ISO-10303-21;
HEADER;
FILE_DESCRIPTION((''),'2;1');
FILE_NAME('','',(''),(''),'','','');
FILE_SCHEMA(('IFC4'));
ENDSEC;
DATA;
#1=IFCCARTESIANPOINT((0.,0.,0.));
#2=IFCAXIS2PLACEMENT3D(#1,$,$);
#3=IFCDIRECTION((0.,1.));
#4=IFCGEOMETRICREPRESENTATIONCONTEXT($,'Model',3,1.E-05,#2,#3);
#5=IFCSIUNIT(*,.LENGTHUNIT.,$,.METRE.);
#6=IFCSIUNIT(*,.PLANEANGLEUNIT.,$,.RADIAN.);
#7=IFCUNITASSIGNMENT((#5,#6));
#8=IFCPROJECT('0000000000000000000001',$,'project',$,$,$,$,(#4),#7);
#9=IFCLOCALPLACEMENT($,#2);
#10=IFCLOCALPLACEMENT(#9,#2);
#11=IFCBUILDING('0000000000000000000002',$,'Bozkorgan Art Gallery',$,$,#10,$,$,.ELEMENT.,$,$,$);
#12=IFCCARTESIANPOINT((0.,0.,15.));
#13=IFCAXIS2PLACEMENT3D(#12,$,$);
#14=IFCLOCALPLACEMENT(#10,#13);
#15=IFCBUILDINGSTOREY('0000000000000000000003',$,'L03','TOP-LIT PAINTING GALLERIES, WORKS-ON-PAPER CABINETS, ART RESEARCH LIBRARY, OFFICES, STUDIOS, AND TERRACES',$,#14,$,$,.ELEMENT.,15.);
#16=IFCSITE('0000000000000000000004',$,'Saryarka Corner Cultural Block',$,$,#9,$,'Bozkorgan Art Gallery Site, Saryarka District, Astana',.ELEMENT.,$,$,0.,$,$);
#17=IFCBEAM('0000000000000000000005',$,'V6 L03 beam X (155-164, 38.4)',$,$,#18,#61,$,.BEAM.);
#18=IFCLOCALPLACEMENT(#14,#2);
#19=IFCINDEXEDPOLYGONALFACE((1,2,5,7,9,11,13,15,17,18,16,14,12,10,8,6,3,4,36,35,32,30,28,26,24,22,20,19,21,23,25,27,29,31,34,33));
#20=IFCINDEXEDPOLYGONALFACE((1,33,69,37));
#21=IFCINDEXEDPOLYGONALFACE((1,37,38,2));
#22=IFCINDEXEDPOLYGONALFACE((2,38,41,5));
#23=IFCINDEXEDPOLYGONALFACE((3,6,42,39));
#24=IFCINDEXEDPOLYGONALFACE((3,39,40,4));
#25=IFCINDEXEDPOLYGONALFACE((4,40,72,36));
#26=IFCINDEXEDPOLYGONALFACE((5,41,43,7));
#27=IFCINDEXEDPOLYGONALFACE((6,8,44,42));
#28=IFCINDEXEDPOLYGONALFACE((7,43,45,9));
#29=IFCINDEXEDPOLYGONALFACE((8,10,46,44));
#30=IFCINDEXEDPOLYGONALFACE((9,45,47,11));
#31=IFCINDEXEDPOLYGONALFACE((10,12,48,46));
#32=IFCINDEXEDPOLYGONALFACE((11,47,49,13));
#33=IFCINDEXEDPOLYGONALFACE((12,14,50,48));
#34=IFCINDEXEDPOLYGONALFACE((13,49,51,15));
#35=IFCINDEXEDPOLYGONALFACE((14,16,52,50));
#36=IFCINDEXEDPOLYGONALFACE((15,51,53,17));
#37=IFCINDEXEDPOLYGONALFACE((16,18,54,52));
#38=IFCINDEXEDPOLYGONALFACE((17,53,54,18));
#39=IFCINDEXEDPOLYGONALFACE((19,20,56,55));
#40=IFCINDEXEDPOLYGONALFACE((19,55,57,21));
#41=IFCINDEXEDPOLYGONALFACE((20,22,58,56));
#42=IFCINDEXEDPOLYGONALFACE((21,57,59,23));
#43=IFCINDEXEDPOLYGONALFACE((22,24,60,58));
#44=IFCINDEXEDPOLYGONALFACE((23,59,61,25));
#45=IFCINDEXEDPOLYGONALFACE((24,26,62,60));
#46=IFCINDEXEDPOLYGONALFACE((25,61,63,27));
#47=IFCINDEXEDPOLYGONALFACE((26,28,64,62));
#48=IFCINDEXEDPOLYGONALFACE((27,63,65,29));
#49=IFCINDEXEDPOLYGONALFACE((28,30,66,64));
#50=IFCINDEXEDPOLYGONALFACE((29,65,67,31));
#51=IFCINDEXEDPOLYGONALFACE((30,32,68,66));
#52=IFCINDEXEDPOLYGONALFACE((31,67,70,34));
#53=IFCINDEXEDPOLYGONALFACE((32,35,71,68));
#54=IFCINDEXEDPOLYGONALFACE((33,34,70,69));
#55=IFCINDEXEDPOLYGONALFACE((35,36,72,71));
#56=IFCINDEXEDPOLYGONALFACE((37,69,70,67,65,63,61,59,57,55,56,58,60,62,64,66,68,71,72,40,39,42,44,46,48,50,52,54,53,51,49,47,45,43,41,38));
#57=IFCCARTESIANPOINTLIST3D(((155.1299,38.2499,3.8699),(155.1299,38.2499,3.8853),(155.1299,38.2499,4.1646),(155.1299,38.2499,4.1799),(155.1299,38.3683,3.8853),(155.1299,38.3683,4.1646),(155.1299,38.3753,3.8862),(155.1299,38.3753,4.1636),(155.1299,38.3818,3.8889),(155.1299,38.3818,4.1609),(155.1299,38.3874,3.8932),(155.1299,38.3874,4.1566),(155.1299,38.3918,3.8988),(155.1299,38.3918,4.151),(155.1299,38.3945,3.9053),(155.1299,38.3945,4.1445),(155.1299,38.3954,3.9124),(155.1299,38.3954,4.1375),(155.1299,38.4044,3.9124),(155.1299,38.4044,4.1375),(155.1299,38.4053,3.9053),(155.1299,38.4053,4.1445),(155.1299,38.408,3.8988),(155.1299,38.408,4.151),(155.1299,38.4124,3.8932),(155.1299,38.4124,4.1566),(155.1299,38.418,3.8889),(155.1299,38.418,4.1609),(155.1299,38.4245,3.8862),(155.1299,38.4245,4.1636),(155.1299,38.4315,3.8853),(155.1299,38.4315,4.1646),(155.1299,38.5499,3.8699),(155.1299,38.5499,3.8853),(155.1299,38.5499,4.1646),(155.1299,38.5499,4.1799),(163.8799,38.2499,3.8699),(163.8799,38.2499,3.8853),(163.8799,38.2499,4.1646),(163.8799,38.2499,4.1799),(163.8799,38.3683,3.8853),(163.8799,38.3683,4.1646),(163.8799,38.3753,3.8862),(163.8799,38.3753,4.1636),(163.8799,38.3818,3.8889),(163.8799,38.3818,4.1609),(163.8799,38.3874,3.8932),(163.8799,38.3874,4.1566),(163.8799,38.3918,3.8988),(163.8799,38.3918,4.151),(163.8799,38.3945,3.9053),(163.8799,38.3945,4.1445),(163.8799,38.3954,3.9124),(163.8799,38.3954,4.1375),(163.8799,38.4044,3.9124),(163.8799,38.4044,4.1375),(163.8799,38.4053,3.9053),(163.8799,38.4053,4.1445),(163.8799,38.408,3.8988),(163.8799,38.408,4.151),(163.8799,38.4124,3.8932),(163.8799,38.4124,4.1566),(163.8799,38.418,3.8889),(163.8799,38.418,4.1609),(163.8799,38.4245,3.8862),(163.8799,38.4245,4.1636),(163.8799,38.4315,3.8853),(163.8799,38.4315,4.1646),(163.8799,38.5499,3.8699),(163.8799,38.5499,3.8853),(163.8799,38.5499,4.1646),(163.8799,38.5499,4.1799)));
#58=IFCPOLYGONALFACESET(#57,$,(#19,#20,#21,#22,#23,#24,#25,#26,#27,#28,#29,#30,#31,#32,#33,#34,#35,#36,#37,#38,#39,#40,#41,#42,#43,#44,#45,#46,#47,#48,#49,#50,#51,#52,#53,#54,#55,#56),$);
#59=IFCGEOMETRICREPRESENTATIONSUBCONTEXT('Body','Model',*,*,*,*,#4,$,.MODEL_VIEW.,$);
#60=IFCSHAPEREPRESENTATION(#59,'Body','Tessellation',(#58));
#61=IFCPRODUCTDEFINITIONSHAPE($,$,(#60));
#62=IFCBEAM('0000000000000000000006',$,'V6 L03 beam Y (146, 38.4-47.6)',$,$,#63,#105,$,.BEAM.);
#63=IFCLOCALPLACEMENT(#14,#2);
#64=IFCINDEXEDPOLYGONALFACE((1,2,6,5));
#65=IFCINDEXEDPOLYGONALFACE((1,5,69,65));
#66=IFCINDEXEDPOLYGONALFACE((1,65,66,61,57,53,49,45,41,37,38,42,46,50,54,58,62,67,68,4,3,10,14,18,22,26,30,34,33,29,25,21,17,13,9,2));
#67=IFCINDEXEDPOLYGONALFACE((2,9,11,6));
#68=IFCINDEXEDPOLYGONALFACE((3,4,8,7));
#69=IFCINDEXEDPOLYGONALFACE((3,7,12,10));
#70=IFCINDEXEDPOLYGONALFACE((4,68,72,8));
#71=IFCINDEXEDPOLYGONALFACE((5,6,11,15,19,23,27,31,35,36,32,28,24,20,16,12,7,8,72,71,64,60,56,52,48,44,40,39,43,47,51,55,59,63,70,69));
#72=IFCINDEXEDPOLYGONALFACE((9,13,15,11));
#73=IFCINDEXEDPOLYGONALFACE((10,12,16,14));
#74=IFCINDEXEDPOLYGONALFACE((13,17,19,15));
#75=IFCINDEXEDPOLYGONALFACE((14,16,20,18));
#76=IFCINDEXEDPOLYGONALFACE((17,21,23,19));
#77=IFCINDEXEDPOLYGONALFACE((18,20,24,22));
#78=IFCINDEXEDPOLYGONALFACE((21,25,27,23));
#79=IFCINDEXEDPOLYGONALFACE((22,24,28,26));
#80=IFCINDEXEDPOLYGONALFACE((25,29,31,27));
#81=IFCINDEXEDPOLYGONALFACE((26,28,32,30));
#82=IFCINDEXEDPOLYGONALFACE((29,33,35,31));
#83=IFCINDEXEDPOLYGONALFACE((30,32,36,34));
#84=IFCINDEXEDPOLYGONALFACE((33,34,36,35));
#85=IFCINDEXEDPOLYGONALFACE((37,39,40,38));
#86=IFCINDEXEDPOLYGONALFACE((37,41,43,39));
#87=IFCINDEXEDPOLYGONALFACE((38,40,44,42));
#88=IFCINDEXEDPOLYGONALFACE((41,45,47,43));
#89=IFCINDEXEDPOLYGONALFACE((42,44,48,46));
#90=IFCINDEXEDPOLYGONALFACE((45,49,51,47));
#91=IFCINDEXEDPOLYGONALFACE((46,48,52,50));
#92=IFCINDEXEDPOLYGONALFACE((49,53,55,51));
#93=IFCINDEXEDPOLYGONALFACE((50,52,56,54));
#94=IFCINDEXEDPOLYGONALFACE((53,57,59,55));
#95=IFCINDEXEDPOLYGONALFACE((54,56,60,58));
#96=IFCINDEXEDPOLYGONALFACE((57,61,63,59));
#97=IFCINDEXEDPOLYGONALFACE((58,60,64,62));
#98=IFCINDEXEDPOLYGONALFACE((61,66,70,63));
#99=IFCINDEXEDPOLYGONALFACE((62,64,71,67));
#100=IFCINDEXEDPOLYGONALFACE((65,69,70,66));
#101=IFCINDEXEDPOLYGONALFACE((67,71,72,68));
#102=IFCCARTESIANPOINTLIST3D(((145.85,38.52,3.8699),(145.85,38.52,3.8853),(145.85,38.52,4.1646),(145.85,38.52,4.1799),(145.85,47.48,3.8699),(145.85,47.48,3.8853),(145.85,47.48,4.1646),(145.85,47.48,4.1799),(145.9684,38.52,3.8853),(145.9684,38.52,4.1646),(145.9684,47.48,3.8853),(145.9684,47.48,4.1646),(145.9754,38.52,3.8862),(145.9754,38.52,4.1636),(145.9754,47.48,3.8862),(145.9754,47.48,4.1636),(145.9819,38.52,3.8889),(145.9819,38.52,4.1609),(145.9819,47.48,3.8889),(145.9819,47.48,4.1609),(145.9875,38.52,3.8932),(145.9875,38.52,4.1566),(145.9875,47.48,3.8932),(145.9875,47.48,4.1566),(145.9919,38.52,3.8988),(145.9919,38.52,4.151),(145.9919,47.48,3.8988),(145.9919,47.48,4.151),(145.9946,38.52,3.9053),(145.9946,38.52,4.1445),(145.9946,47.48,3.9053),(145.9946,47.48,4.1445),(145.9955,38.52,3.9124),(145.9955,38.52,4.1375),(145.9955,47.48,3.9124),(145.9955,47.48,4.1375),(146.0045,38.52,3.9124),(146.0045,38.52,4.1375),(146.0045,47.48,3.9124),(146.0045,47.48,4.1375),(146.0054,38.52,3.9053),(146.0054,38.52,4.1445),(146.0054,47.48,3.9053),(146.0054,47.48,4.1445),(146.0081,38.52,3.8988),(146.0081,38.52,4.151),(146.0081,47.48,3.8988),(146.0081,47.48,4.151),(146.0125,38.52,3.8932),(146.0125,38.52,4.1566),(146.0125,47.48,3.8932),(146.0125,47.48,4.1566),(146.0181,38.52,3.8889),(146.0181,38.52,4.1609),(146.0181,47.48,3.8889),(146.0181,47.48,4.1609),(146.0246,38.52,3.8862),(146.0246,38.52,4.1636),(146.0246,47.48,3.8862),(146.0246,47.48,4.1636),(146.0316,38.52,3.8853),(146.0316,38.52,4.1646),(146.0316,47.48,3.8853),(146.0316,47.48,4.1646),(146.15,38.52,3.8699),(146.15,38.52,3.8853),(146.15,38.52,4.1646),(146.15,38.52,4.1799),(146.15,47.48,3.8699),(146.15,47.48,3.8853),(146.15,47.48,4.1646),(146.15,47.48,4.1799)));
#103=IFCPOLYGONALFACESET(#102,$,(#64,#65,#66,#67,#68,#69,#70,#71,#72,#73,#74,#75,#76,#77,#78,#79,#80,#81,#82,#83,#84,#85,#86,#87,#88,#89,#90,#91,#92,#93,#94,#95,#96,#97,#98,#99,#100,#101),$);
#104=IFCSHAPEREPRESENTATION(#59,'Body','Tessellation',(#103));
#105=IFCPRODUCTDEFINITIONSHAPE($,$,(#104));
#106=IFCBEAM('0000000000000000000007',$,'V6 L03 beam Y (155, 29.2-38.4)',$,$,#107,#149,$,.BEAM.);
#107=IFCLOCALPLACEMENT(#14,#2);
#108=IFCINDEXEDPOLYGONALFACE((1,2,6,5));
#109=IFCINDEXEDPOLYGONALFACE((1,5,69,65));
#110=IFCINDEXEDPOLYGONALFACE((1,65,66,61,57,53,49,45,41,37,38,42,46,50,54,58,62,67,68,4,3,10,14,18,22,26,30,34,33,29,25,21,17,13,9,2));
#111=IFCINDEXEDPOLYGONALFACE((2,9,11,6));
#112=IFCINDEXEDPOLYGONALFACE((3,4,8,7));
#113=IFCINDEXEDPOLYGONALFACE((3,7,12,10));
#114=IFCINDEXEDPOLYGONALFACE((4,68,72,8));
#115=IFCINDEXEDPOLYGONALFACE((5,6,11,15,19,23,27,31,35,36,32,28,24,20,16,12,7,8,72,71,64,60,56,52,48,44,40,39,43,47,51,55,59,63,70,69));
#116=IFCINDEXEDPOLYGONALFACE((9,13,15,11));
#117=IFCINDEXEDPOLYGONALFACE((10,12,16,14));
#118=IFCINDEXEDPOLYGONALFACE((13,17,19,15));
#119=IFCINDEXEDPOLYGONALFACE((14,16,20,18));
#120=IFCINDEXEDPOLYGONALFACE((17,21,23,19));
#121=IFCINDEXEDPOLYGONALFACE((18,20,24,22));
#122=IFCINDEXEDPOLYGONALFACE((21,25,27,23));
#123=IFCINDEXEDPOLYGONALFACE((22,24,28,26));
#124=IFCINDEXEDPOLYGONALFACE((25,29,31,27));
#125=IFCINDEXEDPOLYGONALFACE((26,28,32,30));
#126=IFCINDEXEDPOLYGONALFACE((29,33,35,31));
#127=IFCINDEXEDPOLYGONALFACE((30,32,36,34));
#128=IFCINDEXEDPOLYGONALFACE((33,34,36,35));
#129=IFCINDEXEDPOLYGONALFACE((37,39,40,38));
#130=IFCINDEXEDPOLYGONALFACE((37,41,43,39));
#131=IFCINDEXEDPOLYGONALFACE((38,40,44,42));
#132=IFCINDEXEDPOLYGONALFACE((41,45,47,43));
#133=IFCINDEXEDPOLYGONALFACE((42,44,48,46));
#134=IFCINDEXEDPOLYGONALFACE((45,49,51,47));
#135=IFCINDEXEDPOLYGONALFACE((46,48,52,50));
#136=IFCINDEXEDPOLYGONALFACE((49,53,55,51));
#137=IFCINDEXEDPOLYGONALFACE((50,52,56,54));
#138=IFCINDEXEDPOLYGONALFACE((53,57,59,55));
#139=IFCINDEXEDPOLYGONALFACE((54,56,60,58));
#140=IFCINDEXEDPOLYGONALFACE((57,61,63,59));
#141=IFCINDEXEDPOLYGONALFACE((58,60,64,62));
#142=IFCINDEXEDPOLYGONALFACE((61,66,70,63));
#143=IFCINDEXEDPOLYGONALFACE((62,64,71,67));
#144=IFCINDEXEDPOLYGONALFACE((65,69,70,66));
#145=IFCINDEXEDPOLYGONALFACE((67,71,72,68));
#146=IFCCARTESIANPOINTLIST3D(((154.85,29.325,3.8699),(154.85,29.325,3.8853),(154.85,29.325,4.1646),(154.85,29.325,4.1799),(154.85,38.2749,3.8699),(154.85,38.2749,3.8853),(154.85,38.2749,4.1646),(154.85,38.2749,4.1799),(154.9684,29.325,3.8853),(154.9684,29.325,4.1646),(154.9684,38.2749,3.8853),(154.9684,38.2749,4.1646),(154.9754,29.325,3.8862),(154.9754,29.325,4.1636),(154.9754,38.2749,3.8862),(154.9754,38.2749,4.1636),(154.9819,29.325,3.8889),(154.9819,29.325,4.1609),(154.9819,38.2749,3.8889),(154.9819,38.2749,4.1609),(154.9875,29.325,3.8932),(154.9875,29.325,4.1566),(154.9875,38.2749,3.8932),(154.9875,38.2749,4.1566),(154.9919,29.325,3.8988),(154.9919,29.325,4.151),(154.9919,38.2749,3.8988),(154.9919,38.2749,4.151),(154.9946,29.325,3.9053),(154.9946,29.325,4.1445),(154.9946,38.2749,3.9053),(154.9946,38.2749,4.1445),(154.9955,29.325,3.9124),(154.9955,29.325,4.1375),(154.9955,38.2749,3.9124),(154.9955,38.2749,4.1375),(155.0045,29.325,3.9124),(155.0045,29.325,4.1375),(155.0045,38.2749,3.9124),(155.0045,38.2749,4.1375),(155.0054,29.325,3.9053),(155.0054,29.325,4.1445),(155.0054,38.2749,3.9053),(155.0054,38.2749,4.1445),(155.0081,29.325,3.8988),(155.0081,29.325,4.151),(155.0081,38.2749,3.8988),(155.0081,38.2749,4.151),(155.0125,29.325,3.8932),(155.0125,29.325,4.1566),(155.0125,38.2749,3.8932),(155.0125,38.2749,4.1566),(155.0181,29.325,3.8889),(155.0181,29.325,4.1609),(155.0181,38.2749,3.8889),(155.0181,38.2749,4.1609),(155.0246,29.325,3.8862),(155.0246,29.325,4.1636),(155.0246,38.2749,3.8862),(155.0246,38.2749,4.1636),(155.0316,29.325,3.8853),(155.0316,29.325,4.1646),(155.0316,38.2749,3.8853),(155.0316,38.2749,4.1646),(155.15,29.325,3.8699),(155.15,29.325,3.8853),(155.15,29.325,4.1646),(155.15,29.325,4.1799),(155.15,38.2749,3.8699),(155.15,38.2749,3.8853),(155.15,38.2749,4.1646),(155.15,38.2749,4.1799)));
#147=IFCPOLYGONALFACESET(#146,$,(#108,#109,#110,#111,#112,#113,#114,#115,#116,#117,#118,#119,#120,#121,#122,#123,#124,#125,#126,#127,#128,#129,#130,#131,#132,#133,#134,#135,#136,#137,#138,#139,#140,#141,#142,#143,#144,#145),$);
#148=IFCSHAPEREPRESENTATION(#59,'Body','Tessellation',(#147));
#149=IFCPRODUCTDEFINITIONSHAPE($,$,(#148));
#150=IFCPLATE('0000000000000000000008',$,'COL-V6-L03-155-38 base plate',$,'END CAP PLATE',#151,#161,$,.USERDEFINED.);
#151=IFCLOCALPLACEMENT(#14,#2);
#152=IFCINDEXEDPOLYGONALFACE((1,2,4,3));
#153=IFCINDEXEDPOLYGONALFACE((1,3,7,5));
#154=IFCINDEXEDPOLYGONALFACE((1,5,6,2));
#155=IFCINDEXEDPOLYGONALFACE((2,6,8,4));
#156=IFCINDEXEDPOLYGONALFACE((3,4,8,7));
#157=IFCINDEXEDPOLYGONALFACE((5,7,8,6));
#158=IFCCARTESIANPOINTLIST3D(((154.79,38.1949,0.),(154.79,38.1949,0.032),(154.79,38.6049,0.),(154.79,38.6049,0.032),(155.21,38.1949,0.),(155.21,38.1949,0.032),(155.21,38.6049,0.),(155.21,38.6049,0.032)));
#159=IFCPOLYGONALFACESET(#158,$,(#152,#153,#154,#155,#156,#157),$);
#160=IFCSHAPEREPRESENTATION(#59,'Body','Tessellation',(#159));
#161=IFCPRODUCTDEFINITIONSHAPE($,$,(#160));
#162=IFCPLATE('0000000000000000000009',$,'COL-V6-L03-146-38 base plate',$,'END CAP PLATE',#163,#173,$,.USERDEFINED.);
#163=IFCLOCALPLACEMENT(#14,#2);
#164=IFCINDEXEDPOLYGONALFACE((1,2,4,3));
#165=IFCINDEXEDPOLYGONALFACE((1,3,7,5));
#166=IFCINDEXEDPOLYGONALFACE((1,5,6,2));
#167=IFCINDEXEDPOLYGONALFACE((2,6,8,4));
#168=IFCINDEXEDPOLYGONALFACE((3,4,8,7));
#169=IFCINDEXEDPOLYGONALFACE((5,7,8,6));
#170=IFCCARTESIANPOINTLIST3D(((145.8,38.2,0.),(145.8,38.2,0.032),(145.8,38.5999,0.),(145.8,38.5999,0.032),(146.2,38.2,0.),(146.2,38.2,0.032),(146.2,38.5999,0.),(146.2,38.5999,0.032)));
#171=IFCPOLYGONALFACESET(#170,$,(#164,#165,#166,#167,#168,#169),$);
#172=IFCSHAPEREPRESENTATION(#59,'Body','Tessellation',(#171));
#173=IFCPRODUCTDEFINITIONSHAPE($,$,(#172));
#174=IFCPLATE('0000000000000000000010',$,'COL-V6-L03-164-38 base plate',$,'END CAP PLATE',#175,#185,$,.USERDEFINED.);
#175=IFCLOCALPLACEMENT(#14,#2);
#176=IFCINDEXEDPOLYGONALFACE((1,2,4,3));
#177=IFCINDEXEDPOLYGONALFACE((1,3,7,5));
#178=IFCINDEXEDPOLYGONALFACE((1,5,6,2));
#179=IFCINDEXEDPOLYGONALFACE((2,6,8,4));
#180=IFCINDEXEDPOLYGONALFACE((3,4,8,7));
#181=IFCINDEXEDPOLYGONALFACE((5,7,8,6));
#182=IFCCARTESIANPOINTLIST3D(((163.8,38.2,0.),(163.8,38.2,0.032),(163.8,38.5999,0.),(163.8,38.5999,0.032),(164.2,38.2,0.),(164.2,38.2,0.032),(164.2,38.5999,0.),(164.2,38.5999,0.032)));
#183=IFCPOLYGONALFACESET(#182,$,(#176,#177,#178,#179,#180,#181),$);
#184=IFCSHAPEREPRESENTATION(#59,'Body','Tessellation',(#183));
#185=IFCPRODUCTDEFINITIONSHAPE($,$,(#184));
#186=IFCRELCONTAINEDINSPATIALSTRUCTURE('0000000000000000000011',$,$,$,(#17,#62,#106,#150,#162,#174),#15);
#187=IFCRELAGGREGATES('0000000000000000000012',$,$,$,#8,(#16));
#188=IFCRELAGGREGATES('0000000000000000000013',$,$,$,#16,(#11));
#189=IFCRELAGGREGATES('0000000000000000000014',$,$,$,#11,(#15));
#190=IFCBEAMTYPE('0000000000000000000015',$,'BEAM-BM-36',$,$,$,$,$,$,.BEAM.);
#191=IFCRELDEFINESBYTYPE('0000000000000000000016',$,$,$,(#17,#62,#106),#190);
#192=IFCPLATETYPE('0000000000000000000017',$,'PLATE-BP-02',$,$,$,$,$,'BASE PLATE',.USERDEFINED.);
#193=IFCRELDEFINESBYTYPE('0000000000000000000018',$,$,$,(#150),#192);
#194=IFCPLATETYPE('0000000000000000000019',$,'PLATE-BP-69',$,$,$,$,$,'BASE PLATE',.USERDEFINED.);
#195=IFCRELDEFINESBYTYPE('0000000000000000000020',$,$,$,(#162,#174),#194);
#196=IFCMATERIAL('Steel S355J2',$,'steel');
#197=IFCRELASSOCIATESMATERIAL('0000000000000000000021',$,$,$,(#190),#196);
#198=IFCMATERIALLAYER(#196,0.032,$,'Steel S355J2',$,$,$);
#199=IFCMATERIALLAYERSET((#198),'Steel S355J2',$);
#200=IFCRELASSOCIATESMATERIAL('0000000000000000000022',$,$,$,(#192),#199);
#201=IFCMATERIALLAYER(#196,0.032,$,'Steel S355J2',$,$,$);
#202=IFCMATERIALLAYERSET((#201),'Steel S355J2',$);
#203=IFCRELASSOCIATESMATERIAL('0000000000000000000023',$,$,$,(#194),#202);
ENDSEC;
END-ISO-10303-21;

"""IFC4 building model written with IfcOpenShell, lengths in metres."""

from ifc_helpers import new_model, si_unit, direction, frame, origin, origin_2d, place, context, subcontext, project, spatial, rectangle, i_section, extrude, material, layer, layer_set, material_profile, profile_set, type_object, element, save


model = new_model("IFC4")

# Units and contexts
model_context = context("Model", 3, precision=1e-05, world=origin(), true_north=direction((0.0, 1.0)))
body_context = subcontext(model_context, "Body", "Model", "MODEL_VIEW")
ifc_project = project(units=[si_unit("LENGTHUNIT", "METRE"), si_unit("PLANEANGLEUNIT", "RADIAN")], contexts=[model_context])

# Site, building, storey
site_placement = place(None, origin())
site = spatial("IfcSite", under=ifc_project, at=site_placement, Name="Saryarka Corner Cultural Block", LongName="Bozkorgan Art Gallery Site, Saryarka District, Astana", CompositionType="ELEMENT", RefElevation=0.0)
building_placement = place(site_placement, origin())
building = spatial("IfcBuilding", under=site, at=building_placement, Name="Bozkorgan Art Gallery", CompositionType="ELEMENT")
storey_placement = place(building_placement, frame((0.0, 0.0, 15.0)))
storey = spatial("IfcBuildingStorey", under=building, at=storey_placement, Name="L03", Description="TOP-LIT PAINTING GALLERIES, WORKS-ON-PAPER CABINETS, ART RESEARCH LIBRARY, OFFICES, STUDIOS, AND TERRACES", CompositionType="ELEMENT", Elevation=15.0)

# Shared definitions
ifc_material_1 = material(Name="Steel S355J2", Category="steel")

# Beams
ifc_material_profile_1 = material_profile(ifc_material_1, i_section(OverallWidth=0.3, OverallDepth=0.3101, WebThickness=0.009, FlangeThickness=0.0154, FilletRadius=0.0271, at=origin_2d()), Name="HEA 320")
ifc_profile_set_1 = profile_set([ifc_material_profile_1], Name="Steel S355J2")
beam_type = type_object("IfcBeamType", Name="BEAM-BM-36", PredefinedType="BEAM", material=ifc_profile_set_1)
for number, where, z_axis, x_axis, name in (
    (1, (155.1299, 38.3999, 4.0249), (1.0, 0.0, 0.0), (0.0, 1.0, 0.0), "V6 L03 beam X (155-164, 38.4)"),
):
    element("IfcBeam", number, at=place(storey_placement, frame(where, z_axis=z_axis, x_axis=x_axis)), inside=storey, type_object=beam_type, Name=name, PredefinedType="BEAM", context=body_context, shape_type="SweptSolid", body=[
        extrude(i_section(OverallWidth=0.3, OverallDepth=0.3101, WebThickness=0.009, FlangeThickness=0.0154, FilletRadius=0.0271, at=origin_2d()), origin(), (0.0, 0.0, 1.0), 8.75),
    ])
beam_1_placement = place(storey_placement, frame((146.0, 38.52, 4.0249), z_axis=(0.0, 1.0, 0.0), x_axis=(-1.0, 0.0, 0.0)))
element("IfcBeam", 2, at=beam_1_placement, inside=storey, type_object=beam_type, Name="V6 L03 beam Y (146, 38.4-47.6)", PredefinedType="BEAM", context=body_context, shape_type="SweptSolid", body=[
    extrude(i_section(OverallWidth=0.3, OverallDepth=0.3101, WebThickness=0.009, FlangeThickness=0.0154, FilletRadius=0.0271, at=origin_2d()), origin(), (0.0, 0.0, 1.0), 8.96),
])
beam_2_placement = place(storey_placement, frame((155.0, 29.325, 4.0249), z_axis=(0.0, 1.0, 0.0), x_axis=(-1.0, 0.0, 0.0)))
element("IfcBeam", 3, at=beam_2_placement, inside=storey, type_object=beam_type, Name="V6 L03 beam Y (155, 29.2-38.4)", PredefinedType="BEAM", context=body_context, shape_type="SweptSolid", body=[
    extrude(i_section(OverallWidth=0.3, OverallDepth=0.3101, WebThickness=0.009, FlangeThickness=0.0154, FilletRadius=0.0271, at=origin_2d()), origin(), (0.0, 0.0, 1.0), 8.95),
])

# Plates
ifc_layer_1 = layer(ifc_material_1, 0.032, Name="Steel S355J2")
ifc_layer_set_1 = layer_set([ifc_layer_1], Name="Steel S355J2")
plate_type_1 = type_object("IfcPlateType", Name="PLATE-BP-02", ElementType="BASE PLATE", PredefinedType="USERDEFINED", material=ifc_layer_set_1)
plate_placement = place(storey_placement, frame((155.0, 38.3999, 0.0), z_axis=(0.0, 0.0, 1.0), x_axis=(1.0, 0.0, 0.0)))
element("IfcPlate", 4, at=plate_placement, inside=storey, type_object=plate_type_1, Name="COL-V6-L03-155-38 base plate", ObjectType="END CAP PLATE", PredefinedType="USERDEFINED", context=body_context, shape_type="SweptSolid", body=[
    extrude(rectangle(XDim=0.4199, YDim=0.4099, at=origin_2d()), origin(), (0.0, 0.0, 1.0), 0.032),
])
ifc_layer_2 = layer(ifc_material_1, 0.032, Name="Steel S355J2")
ifc_layer_set_2 = layer_set([ifc_layer_2], Name="Steel S355J2")
plate_type_2 = type_object("IfcPlateType", Name="PLATE-BP-69", ElementType="BASE PLATE", PredefinedType="USERDEFINED", material=ifc_layer_set_2)
for number, where, z_axis, x_axis, name in (
    (5, (146.0, 38.3999, 0.0), (0.0, 0.0, 1.0), (1.0, 0.0, 0.0), "COL-V6-L03-146-38 base plate"),
    (6, (164.0, 38.3999, 0.0), (0.0, 0.0, 1.0), (1.0, 0.0, 0.0), "COL-V6-L03-164-38 base plate"),
):
    element("IfcPlate", number, at=place(storey_placement, frame(where, z_axis=z_axis, x_axis=x_axis)), inside=storey, type_object=plate_type_2, Name=name, ObjectType="END CAP PLATE", PredefinedType="USERDEFINED", context=body_context, shape_type="SweptSolid", body=[
        extrude(rectangle(XDim=0.3999, YDim=0.3999, at=origin_2d()), origin(), (0.0, 0.0, 1.0), 0.032),
    ])

save(model, "model.ifc")
